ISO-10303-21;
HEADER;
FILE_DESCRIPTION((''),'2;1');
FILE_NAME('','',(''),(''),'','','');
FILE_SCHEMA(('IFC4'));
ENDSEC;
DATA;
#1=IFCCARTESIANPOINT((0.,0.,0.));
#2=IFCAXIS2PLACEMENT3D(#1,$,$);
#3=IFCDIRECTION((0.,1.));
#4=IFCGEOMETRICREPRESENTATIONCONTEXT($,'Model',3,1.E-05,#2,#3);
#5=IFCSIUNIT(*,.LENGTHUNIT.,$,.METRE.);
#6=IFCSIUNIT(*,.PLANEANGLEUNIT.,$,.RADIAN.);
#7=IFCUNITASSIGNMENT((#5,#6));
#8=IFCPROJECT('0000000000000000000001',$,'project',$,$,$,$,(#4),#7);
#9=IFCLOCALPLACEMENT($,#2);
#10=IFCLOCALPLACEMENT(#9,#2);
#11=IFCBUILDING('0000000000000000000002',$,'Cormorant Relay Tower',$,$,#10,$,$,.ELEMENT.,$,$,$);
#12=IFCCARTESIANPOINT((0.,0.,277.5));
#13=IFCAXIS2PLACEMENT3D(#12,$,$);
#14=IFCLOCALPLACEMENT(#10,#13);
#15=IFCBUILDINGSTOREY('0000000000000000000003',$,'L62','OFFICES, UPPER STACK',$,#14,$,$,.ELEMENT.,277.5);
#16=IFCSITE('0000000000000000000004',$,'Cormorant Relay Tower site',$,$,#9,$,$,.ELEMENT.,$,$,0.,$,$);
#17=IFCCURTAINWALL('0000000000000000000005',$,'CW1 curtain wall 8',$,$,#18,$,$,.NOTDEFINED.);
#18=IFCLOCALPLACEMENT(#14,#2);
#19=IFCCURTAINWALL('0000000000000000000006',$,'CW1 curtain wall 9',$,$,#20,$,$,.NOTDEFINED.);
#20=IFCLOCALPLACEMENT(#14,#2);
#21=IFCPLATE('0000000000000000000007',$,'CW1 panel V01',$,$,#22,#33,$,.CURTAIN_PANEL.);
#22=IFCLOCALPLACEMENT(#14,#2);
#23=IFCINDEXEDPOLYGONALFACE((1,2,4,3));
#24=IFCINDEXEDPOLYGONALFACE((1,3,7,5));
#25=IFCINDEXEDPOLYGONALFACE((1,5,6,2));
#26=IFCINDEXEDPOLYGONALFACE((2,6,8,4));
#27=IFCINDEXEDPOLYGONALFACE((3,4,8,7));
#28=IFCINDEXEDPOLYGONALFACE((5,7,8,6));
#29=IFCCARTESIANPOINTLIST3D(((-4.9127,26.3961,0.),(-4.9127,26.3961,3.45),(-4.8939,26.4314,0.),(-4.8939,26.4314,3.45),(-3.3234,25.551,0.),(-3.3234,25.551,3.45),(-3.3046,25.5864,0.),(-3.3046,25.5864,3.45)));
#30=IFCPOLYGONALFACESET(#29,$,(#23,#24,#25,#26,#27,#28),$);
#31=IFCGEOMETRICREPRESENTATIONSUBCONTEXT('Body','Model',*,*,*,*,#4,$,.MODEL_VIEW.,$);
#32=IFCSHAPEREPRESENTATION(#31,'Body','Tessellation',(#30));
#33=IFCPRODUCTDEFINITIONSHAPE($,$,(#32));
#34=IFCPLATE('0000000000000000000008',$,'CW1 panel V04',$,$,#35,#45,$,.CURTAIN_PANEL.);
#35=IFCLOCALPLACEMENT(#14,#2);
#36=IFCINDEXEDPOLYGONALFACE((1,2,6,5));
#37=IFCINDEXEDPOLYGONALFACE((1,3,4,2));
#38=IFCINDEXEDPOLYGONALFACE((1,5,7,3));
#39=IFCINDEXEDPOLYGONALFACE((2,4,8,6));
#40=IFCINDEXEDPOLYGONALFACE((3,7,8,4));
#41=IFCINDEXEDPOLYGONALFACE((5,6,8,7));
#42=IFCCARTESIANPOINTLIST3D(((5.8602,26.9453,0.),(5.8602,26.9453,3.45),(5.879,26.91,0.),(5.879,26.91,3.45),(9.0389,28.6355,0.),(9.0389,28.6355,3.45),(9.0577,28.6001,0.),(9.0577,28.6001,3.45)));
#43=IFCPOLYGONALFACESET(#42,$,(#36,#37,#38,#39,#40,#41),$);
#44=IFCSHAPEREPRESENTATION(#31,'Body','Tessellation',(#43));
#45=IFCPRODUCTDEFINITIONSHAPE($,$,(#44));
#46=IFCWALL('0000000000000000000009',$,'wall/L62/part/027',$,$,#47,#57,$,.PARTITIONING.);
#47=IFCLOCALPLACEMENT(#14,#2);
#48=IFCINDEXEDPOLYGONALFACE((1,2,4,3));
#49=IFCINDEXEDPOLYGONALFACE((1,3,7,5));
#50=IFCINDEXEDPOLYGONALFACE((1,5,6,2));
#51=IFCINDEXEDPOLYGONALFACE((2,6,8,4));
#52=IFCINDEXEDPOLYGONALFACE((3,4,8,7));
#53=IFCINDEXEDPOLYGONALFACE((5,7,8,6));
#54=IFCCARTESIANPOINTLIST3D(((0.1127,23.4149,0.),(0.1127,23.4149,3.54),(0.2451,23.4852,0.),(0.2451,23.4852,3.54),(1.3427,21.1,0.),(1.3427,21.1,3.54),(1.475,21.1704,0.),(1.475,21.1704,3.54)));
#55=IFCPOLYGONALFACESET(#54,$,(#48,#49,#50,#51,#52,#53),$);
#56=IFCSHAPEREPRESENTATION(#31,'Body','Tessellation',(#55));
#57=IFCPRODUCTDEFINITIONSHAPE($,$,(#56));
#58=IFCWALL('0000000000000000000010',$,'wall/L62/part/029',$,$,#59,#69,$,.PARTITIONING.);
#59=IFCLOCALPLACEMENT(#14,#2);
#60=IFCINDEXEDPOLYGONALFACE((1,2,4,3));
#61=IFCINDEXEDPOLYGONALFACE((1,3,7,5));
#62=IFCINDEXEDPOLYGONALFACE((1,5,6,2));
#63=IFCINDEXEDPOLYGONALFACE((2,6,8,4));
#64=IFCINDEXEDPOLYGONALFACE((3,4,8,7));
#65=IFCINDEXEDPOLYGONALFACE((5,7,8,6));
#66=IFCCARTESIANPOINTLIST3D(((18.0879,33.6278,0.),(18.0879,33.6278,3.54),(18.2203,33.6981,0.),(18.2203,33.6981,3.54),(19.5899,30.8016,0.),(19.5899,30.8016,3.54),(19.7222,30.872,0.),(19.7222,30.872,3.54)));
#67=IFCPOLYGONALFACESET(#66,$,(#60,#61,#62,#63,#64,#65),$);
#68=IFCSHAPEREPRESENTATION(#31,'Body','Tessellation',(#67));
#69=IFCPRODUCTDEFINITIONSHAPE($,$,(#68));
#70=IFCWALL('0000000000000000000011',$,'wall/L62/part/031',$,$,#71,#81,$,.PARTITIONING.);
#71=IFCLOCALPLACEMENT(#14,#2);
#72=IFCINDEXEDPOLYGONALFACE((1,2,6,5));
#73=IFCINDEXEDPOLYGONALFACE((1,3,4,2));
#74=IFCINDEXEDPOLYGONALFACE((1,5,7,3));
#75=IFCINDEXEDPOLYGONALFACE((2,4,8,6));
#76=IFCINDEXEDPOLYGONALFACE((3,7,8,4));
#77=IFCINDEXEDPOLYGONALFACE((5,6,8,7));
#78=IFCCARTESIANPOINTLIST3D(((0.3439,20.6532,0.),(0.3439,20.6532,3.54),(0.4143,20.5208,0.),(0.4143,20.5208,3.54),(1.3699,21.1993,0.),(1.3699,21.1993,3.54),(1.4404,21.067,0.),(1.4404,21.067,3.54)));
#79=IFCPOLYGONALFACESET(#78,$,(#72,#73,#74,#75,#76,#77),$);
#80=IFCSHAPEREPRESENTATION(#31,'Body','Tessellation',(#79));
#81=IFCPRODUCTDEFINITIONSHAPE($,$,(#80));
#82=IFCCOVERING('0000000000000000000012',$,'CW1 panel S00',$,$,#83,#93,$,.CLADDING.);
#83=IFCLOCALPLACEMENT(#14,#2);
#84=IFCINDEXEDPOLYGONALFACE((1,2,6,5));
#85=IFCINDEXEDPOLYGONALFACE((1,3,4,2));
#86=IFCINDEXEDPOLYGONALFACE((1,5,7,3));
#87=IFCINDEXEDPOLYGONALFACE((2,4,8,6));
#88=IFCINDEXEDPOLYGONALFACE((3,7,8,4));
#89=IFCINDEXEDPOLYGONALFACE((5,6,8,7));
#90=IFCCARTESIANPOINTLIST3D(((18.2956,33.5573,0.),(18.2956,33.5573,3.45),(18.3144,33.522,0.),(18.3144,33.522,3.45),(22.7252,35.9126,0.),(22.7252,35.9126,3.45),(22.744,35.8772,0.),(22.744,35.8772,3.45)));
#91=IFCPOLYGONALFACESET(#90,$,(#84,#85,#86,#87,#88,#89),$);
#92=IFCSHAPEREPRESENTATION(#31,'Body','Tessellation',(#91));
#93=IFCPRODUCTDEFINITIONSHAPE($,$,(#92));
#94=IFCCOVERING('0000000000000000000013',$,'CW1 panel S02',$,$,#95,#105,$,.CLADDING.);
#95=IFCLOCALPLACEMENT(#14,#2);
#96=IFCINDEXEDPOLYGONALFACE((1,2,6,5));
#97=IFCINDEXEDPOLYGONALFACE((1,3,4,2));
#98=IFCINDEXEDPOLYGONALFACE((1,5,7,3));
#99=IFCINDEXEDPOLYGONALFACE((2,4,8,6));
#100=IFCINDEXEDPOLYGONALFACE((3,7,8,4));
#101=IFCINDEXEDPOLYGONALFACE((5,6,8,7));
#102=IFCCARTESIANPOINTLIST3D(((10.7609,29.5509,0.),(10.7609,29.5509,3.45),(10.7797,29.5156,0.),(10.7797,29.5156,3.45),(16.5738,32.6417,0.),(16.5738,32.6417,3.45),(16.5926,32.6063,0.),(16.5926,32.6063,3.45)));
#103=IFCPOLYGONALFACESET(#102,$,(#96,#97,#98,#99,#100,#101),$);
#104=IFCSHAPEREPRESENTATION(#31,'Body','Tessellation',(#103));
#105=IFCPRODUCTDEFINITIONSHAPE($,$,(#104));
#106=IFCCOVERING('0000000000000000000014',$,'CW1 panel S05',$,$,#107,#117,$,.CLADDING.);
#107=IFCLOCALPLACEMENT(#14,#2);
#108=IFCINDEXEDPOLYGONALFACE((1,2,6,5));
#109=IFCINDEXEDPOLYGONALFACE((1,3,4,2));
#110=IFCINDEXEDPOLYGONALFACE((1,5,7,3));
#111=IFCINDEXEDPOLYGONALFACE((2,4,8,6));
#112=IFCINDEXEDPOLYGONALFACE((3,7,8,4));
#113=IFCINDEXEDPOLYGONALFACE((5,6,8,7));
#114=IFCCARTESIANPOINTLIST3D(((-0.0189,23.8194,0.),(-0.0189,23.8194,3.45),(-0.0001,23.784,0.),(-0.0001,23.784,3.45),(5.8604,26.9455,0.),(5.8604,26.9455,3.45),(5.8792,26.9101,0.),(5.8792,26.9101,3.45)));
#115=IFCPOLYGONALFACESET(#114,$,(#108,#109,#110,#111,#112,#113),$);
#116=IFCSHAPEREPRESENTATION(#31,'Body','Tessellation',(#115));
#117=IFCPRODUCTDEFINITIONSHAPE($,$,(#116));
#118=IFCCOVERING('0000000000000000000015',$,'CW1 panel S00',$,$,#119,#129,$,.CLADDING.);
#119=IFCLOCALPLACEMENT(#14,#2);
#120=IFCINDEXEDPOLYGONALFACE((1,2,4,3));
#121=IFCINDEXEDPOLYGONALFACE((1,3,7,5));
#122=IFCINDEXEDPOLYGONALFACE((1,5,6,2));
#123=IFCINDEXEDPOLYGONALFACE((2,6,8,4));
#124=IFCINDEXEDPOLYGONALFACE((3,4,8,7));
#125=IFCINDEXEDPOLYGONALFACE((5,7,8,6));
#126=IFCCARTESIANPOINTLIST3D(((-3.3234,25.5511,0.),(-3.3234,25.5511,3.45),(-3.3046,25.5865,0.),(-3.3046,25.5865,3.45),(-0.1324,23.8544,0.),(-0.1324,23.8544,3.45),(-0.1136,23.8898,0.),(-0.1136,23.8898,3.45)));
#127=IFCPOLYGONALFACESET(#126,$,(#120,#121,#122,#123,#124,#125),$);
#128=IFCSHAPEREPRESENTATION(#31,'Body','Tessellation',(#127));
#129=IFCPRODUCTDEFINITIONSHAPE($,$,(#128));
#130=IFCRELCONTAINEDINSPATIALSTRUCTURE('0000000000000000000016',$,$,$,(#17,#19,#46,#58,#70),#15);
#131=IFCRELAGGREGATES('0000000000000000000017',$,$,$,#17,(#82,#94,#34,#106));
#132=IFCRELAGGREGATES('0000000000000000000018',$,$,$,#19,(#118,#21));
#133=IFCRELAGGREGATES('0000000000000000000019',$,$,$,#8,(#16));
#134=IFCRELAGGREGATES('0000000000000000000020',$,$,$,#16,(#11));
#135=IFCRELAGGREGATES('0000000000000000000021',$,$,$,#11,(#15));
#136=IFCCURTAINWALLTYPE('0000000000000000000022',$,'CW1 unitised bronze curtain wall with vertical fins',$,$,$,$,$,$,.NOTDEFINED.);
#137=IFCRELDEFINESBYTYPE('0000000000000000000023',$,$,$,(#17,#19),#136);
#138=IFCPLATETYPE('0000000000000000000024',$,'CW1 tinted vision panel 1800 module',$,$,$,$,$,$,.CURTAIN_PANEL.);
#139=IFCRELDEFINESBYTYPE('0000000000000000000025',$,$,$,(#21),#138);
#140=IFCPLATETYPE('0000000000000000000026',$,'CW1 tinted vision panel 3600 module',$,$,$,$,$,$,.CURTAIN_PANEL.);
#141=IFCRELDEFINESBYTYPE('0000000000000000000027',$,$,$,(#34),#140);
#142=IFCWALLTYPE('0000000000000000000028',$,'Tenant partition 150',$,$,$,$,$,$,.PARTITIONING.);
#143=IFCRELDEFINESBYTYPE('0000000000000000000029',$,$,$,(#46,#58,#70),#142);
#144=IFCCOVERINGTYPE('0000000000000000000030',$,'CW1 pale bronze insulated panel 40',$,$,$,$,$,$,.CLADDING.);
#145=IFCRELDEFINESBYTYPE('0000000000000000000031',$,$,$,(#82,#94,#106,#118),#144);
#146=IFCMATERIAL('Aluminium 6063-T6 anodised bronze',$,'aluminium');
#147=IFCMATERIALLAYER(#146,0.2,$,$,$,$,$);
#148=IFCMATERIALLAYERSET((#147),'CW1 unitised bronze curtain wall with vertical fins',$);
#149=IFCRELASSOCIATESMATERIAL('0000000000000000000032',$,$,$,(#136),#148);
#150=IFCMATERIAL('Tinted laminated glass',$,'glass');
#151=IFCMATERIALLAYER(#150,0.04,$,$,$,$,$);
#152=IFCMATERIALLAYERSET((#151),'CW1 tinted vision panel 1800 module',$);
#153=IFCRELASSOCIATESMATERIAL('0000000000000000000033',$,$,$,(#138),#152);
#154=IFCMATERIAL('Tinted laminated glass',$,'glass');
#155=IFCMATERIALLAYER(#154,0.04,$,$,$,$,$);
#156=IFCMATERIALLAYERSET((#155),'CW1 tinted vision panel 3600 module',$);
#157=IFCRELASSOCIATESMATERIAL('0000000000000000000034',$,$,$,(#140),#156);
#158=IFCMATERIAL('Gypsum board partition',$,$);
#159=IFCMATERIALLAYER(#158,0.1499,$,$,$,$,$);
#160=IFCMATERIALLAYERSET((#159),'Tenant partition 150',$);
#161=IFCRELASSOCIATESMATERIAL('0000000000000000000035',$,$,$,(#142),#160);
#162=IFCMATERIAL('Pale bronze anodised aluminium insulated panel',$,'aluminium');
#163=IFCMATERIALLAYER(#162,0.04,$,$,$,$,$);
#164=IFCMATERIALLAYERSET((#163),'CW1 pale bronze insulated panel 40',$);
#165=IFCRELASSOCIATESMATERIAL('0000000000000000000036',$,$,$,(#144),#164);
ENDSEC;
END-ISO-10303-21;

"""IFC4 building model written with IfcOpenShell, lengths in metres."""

from ifc_helpers import new_model, si_unit, direction, frame, frame_2d, origin, origin_2d, place, context, subcontext, project, spatial, rectangle, extrude, material, layer, layer_set, type_object, element, aggregate, save


model = new_model("IFC4")

# Units and contexts
model_context = context("Model", 3, precision=1e-05, world=origin(), true_north=direction((0.0, 1.0)))
body_context = subcontext(model_context, "Body", "Model", "MODEL_VIEW")
ifc_project = project(units=[si_unit("LENGTHUNIT", "METRE"), si_unit("PLANEANGLEUNIT", "RADIAN")], contexts=[model_context])

# Site, building, storey
site_placement = place(None, origin())
site = spatial("IfcSite", under=ifc_project, at=site_placement, Name="Cormorant Relay Tower site", CompositionType="ELEMENT", RefElevation=0.0)
building_placement = place(site_placement, origin())
building = spatial("IfcBuilding", under=site, at=building_placement, Name="Cormorant Relay Tower", CompositionType="ELEMENT")
storey_placement = place(building_placement, frame((0.0, 0.0, 277.5)))
storey = spatial("IfcBuildingStorey", under=building, at=storey_placement, Name="L62", Description="OFFICES, UPPER STACK", CompositionType="ELEMENT", Elevation=277.5)

# Curtain wall
ifc_material_1 = material(Name="Aluminium 6063-T6 anodised bronze", Category="aluminium")
ifc_layer_1 = layer(ifc_material_1, 0.2)
ifc_layer_set_1 = layer_set([ifc_layer_1], Name="CW1 unitised bronze curtain wall with vertical fins")
curtain_wall_type = type_object("IfcCurtainWallType", Name="CW1 unitised bronze curtain wall with vertical fins", PredefinedType="NOTDEFINED", material=ifc_layer_set_1)
curtain_wall_1_placement = place(storey_placement, origin())
curtain_wall_1 = element("IfcCurtainWall", 1, at=curtain_wall_1_placement, inside=storey, type_object=curtain_wall_type, Name="CW1 curtain wall 8", PredefinedType="NOTDEFINED")

# Curtain wall
curtain_wall_2_placement = place(storey_placement, origin())
curtain_wall_2 = element("IfcCurtainWall", 2, at=curtain_wall_2_placement, inside=storey, type_object=curtain_wall_type, Name="CW1 curtain wall 9", PredefinedType="NOTDEFINED")

# Plates
ifc_material_2 = material(Name="Tinted laminated glass", Category="glass")
ifc_layer_2 = layer(ifc_material_2, 0.04)
ifc_layer_set_2 = layer_set([ifc_layer_2], Name="CW1 tinted vision panel 1800 module")
plate_type_1 = type_object("IfcPlateType", Name="CW1 tinted vision panel 1800 module", PredefinedType="CURTAIN_PANEL", material=ifc_layer_set_2)
plate_1_placement = place(storey_placement, frame((-4.1086, 25.9912, 0.0), z_axis=(0.0, 0.0, 1.0), x_axis=(-0.882948, 0.469472, 0.0)))
plate_1 = element("IfcPlate", 3, at=plate_1_placement, type_object=plate_type_1, Name="CW1 panel V01", PredefinedType="CURTAIN_PANEL", context=body_context, shape_type="SweptSolid", body=[
    extrude(rectangle(XDim=1.8, YDim=0.04, at=origin_2d()), origin(), (0.0, 0.0, 1.0), 3.45),
])
ifc_material_3 = material(Name="Tinted laminated glass", Category="glass")
ifc_layer_3 = layer(ifc_material_3, 0.04)
ifc_layer_set_3 = layer_set([ifc_layer_3], Name="CW1 tinted vision panel 3600 module")
plate_type_2 = type_object("IfcPlateType", Name="CW1 tinted vision panel 3600 module", PredefinedType="CURTAIN_PANEL", material=ifc_layer_set_3)
plate_2_placement = place(storey_placement, frame((7.459, 27.7727, 0.0), z_axis=(0.0, 0.0, 1.0), x_axis=(-0.882948, -0.469472, 0.0)))
plate_2 = element("IfcPlate", 4, at=plate_2_placement, type_object=plate_type_2, Name="CW1 panel V04", PredefinedType="CURTAIN_PANEL", context=body_context, shape_type="SweptSolid", body=[
    extrude(rectangle(XDim=3.6001, YDim=0.04, at=origin_2d()), origin(), (0.0, 0.0, 1.0), 3.45),
])

# Walls
ifc_material_4 = material(Name="Gypsum board partition")
ifc_layer_4 = layer(ifc_material_4, 0.1499)
ifc_layer_set_4 = layer_set([ifc_layer_4], Name="Tenant partition 150")
wall_type = type_object("IfcWallType", Name="Tenant partition 150", PredefinedType="PARTITIONING", material=ifc_layer_set_4)
wall_1_placement = place(storey_placement, frame((0.179, 23.45, 0.0), z_axis=(0.0, 0.0, 1.0), x_axis=(0.469205, -0.883089, 0.0)))
element("IfcWall", 5, at=wall_1_placement, inside=storey, type_object=wall_type, Name="wall/L62/part/027", PredefinedType="PARTITIONING", context=body_context, shape_type="SweptSolid", body=[
    extrude(rectangle(XDim=2.6213, YDim=0.1499, at=frame_2d((1.3105, 0.0))), origin(), (0.0, 0.0, 1.0), 3.54),
])
wall_2_placement = place(storey_placement, frame((19.656, 30.8369, 0.0), z_axis=(0.0, 0.0, 1.0), x_axis=(-0.469289, 0.883045, 0.0)))
element("IfcWall", 6, at=wall_2_placement, inside=storey, type_object=wall_type, Name="wall/L62/part/029", PredefinedType="PARTITIONING", context=body_context, shape_type="SweptSolid", body=[
    extrude(rectangle(XDim=3.2004, YDim=0.1499, at=frame_2d((1.6001, 0.0))), origin(), (0.0, 0.0, 1.0), 3.54),
])
wall_3_placement = place(storey_placement, frame((1.405, 21.1331, 0.0), z_axis=(0.0, 0.0, 1.0), x_axis=(-0.882754, -0.469836, 0.0)))
element("IfcWall", 7, at=wall_3_placement, inside=storey, type_object=wall_type, Name="wall/L62/part/031", PredefinedType="PARTITIONING", context=body_context, shape_type="SweptSolid", body=[
    extrude(rectangle(XDim=1.1624, YDim=0.1499, at=frame_2d((0.5811, 0.0))), origin(), (0.0, 0.0, 1.0), 3.54),
])

# Coverings
ifc_material_5 = material(Name="Pale bronze anodised aluminium insulated panel", Category="aluminium")
ifc_layer_5 = layer(ifc_material_5, 0.04)
ifc_layer_set_5 = layer_set([ifc_layer_5], Name="CW1 pale bronze insulated panel 40")
covering_type = type_object("IfcCoveringType", Name="CW1 pale bronze insulated panel 40", PredefinedType="CLADDING", material=ifc_layer_set_5)
covering_1_placement = place(storey_placement, frame((20.5198, 34.7173, 0.0), z_axis=(0.0, 0.0, 1.0), x_axis=(-0.882948, -0.469472, 0.0)))
covering_1 = element("IfcCovering", 8, at=covering_1_placement, type_object=covering_type, Name="CW1 panel S00", PredefinedType="CLADDING", context=body_context, shape_type="SweptSolid", body=[
    extrude(rectangle(XDim=5.0168, YDim=0.04, at=origin_2d()), origin(), (0.0, 0.0, 1.0), 3.45),
])
covering_2_placement = place(storey_placement, frame((13.6768, 31.0786, 0.0), z_axis=(0.0, 0.0, 1.0), x_axis=(-0.882948, -0.469472, 0.0)))
covering_2 = element("IfcCovering", 9, at=covering_2_placement, type_object=covering_type, Name="CW1 panel S02", PredefinedType="CLADDING", context=body_context, shape_type="SweptSolid", body=[
    extrude(rectangle(XDim=6.5835, YDim=0.04, at=origin_2d()), origin(), (0.0, 0.0, 1.0), 3.45),
])
covering_3_placement = place(storey_placement, frame((2.9302, 25.3647, 0.0), z_axis=(0.0, 0.0, 1.0), x_axis=(-0.882948, -0.469472, 0.0)))
covering_3 = element("IfcCovering", 10, at=covering_3_placement, type_object=covering_type, Name="CW1 panel S05", PredefinedType="CLADDING", context=body_context, shape_type="SweptSolid", body=[
    extrude(rectangle(XDim=6.6587, YDim=0.04, at=origin_2d()), origin(), (0.0, 0.0, 1.0), 3.45),
])
aggregate(curtain_wall_1, [covering_1, covering_2, plate_2, covering_3])
covering_4_placement = place(storey_placement, frame((-1.7185, 24.7205, 0.0), z_axis=(0.0, 0.0, 1.0), x_axis=(-0.882948, 0.469472, 0.0)))
covering_4 = element("IfcCovering", 11, at=covering_4_placement, type_object=covering_type, Name="CW1 panel S00", PredefinedType="CLADDING", context=body_context, shape_type="SweptSolid", body=[
    extrude(rectangle(XDim=3.614, YDim=0.04, at=origin_2d()), origin(), (0.0, 0.0, 1.0), 3.45),
])
aggregate(curtain_wall_2, [covering_4, plate_1])

save(model, "model.ifc")
